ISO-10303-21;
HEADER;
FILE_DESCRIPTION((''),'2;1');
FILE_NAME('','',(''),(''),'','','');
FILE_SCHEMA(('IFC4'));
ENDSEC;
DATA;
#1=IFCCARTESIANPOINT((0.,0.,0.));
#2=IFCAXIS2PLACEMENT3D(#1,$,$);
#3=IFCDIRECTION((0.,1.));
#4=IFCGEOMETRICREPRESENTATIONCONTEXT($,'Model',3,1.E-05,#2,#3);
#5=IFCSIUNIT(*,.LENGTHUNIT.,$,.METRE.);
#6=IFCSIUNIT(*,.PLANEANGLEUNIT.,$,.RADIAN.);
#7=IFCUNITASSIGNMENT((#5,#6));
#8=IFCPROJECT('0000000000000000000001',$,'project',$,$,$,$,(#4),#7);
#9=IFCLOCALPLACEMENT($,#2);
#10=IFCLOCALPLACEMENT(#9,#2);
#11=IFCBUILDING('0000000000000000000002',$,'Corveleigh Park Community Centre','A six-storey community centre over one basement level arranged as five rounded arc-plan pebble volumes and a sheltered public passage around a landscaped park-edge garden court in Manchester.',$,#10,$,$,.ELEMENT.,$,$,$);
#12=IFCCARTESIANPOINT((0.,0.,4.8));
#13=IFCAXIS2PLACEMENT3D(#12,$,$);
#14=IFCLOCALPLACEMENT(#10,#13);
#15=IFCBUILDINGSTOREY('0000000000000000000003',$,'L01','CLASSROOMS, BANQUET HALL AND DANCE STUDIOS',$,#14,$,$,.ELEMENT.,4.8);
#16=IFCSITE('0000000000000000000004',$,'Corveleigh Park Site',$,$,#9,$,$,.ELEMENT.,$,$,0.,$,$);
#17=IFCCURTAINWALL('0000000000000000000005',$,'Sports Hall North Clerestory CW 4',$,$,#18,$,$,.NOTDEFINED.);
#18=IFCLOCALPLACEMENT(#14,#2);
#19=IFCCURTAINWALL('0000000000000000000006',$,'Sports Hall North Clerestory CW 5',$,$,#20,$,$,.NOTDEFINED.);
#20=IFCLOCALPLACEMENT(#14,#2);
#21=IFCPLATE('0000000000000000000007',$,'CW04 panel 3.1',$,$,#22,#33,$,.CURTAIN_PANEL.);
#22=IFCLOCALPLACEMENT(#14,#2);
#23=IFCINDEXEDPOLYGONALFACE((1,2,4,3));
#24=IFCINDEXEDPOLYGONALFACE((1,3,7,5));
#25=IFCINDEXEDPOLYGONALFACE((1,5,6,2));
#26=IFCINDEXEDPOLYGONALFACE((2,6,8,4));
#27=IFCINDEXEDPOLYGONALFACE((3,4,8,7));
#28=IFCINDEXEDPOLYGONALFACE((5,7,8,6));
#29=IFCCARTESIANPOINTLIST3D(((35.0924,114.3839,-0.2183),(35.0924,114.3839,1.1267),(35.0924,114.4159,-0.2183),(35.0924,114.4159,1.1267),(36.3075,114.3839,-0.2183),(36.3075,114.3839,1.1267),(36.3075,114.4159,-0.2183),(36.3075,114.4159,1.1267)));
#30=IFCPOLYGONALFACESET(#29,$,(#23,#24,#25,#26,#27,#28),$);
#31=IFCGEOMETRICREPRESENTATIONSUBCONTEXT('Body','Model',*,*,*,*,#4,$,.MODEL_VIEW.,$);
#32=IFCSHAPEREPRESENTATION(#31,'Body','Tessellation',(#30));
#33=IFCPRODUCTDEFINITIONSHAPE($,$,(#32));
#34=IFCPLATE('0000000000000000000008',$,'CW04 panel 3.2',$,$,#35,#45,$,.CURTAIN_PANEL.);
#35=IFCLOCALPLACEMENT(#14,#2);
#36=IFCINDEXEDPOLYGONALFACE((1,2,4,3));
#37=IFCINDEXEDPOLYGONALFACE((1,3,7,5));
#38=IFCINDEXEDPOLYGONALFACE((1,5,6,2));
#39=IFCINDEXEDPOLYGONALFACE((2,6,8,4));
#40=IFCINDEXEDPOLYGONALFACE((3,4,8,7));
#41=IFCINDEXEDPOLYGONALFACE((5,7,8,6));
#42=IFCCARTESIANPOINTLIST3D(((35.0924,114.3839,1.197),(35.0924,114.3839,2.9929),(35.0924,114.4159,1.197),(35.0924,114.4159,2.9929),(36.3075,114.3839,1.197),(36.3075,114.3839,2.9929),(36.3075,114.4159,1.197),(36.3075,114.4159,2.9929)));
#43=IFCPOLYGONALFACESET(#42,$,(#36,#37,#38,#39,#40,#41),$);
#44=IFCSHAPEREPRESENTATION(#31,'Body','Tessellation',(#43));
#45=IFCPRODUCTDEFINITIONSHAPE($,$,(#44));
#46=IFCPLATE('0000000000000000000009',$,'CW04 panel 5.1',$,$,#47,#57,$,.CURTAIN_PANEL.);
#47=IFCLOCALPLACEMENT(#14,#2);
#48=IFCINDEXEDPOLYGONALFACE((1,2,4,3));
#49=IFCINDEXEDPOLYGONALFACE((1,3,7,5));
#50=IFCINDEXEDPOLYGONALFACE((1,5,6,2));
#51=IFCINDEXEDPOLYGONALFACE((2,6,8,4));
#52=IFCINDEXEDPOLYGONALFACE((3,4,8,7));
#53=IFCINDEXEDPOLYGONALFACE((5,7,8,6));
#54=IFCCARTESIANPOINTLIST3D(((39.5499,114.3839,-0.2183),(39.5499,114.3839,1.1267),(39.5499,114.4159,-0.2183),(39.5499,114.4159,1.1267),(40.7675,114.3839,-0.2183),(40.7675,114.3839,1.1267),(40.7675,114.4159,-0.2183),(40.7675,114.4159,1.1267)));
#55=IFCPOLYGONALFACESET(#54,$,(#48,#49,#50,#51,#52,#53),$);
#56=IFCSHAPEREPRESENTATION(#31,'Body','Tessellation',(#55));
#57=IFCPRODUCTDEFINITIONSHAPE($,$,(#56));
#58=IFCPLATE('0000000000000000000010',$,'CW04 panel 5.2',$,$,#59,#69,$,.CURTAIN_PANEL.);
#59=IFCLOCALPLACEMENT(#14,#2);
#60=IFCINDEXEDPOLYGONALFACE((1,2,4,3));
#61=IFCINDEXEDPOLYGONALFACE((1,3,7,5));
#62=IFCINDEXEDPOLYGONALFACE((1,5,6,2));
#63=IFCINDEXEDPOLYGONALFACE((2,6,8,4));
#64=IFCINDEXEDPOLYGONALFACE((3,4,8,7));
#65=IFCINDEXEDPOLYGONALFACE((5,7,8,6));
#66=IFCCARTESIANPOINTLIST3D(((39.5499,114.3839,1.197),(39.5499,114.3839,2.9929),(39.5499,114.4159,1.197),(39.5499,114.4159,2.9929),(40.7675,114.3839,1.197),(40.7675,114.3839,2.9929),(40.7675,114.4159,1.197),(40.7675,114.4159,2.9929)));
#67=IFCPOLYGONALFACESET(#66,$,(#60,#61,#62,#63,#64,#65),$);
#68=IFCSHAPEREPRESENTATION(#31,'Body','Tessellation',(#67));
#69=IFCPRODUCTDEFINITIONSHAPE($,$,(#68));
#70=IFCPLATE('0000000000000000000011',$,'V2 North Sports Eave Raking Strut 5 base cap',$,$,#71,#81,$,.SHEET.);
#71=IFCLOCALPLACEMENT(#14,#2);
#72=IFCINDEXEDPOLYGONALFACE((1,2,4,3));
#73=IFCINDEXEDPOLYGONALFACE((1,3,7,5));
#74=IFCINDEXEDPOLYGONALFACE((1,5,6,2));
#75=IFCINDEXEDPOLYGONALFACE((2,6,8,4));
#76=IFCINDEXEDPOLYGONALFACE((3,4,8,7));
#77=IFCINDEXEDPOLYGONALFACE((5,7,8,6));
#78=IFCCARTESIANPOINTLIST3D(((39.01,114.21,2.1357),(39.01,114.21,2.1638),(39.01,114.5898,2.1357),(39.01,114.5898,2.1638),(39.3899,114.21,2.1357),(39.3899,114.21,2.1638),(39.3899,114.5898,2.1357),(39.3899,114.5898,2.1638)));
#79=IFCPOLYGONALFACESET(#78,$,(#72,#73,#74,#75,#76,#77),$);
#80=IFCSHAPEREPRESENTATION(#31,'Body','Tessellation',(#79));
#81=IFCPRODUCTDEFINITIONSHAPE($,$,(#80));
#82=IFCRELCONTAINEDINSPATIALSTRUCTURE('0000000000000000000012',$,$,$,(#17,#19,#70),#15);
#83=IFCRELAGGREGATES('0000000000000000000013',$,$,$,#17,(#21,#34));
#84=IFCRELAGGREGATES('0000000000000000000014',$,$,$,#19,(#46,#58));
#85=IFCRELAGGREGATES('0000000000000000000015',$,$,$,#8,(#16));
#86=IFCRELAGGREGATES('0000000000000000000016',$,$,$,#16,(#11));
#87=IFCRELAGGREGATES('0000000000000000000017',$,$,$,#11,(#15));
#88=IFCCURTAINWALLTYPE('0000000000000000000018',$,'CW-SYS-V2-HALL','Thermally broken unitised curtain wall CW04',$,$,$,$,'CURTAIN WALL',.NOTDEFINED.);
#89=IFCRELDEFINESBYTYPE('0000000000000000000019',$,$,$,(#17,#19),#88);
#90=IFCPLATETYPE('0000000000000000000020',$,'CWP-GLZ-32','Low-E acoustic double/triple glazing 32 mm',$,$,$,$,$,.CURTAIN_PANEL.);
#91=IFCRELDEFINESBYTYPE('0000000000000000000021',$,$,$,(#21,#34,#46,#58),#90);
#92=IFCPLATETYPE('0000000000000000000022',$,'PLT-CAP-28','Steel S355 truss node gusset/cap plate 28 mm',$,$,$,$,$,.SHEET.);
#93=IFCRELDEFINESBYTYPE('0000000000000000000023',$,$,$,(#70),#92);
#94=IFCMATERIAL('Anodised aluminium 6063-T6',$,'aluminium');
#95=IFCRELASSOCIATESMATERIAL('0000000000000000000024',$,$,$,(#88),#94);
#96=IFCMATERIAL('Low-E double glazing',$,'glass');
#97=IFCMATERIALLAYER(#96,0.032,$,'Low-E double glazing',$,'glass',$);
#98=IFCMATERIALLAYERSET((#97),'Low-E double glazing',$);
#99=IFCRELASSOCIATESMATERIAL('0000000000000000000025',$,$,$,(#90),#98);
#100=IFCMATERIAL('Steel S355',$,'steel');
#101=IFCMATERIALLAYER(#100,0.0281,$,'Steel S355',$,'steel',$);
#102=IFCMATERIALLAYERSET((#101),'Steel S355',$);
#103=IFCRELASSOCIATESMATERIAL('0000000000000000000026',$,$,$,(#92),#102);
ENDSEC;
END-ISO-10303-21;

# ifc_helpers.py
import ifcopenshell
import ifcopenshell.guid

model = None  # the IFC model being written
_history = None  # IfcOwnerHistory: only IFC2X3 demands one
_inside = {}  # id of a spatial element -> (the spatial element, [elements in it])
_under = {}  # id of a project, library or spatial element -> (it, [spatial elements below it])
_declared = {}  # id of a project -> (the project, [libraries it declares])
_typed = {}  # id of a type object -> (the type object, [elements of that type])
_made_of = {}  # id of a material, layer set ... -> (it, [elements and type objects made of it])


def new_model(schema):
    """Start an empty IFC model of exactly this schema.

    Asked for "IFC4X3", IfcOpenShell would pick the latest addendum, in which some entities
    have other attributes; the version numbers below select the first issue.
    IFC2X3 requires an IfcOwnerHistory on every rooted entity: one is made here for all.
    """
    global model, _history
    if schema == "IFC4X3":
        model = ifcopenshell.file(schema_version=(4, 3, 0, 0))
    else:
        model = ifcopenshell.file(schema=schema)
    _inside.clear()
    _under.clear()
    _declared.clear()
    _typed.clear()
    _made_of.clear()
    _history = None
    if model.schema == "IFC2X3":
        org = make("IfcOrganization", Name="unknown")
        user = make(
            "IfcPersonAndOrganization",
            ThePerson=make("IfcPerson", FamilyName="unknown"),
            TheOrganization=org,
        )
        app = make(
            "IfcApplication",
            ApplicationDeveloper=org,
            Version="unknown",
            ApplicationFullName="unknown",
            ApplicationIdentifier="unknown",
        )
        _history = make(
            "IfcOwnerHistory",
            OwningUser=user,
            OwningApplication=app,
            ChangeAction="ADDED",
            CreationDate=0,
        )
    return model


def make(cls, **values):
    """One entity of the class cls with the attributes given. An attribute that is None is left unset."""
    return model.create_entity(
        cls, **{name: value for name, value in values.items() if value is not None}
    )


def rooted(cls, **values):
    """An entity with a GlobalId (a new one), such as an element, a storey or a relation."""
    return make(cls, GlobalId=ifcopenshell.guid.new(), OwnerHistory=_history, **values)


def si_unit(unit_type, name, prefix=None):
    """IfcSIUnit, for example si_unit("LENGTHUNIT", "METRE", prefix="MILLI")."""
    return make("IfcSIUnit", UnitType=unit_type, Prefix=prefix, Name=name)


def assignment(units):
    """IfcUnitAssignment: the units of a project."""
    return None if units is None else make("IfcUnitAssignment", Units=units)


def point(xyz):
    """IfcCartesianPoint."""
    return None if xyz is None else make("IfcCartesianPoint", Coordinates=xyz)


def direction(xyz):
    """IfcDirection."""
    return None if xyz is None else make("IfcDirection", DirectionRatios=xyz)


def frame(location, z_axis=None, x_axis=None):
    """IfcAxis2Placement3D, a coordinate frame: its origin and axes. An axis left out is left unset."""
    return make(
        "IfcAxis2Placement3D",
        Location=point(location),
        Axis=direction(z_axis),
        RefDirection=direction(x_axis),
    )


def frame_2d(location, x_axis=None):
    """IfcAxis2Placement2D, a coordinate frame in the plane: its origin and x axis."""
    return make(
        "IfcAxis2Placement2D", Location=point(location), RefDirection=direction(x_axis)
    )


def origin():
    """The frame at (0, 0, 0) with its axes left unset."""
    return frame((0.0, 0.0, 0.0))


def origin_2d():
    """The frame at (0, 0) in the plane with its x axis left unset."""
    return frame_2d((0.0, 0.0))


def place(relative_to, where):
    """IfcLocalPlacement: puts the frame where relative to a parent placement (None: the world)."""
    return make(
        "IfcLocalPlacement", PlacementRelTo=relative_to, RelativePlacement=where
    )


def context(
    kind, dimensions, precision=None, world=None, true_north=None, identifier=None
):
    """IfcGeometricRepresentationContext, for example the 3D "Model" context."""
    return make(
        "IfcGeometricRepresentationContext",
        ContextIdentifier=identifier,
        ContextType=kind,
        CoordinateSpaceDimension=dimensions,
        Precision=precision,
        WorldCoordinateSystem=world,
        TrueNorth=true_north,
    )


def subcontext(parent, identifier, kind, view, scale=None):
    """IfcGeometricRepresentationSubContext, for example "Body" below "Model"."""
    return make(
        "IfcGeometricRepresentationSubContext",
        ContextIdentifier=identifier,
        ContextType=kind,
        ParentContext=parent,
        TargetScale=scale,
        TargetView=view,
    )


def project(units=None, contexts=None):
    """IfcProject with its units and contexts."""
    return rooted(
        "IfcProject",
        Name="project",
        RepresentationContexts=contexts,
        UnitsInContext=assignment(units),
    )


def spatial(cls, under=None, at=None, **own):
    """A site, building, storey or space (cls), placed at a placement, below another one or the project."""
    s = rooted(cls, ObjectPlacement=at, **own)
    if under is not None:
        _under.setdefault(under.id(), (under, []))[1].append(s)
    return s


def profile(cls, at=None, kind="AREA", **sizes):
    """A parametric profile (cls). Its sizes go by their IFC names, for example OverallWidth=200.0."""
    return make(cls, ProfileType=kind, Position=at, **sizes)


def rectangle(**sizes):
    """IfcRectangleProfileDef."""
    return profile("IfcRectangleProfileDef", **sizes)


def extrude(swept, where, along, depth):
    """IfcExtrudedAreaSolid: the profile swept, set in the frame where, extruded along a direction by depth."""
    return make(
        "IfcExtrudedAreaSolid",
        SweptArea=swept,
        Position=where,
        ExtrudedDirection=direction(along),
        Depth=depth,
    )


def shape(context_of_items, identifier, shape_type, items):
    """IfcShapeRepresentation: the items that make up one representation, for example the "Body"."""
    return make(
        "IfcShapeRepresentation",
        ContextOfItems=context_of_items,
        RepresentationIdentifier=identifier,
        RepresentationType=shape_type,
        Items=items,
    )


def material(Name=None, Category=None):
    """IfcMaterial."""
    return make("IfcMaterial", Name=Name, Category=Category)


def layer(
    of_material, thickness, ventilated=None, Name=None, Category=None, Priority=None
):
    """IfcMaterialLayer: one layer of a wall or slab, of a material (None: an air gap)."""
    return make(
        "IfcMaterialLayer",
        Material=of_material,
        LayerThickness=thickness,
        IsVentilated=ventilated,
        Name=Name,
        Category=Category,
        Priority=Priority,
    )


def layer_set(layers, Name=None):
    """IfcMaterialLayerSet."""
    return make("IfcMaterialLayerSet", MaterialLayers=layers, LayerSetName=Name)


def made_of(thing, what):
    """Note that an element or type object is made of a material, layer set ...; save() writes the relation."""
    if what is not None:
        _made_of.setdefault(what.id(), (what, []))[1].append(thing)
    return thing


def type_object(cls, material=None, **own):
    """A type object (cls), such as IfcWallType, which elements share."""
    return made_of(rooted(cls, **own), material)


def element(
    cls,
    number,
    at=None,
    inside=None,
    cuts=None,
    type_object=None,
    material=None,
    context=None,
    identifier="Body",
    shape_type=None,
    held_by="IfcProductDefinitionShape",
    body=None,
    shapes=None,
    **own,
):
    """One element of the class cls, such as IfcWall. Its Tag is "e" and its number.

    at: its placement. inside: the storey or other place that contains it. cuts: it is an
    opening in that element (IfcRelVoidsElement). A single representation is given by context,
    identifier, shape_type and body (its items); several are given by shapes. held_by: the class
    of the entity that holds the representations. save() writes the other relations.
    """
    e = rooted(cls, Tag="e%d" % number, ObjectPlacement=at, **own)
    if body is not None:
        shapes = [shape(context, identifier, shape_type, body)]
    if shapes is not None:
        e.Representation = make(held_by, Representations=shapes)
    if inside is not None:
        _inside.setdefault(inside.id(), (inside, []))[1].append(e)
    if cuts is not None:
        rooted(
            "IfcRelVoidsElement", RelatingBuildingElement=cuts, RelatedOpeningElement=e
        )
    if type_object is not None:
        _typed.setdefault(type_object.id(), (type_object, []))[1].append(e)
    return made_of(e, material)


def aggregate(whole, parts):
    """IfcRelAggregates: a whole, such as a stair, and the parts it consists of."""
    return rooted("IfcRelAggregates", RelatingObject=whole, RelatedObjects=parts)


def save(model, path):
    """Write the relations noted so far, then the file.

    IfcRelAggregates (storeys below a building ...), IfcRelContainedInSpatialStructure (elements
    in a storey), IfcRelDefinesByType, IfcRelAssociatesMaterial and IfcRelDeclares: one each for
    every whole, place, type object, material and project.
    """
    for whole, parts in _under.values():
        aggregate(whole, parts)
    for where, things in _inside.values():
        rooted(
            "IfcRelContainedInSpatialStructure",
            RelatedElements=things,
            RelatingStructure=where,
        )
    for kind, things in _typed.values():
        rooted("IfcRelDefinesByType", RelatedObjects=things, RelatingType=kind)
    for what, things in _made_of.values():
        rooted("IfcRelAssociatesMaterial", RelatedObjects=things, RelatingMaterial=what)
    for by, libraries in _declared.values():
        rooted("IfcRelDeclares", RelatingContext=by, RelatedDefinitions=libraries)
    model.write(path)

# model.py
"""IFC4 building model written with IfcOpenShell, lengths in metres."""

from ifc_helpers import new_model, si_unit, direction, frame, origin, origin_2d, place, context, subcontext, project, spatial, rectangle, extrude, material, layer, layer_set, type_object, element, aggregate, save


model = new_model("IFC4")

# Units and contexts
model_context = context("Model", 3, precision=1e-05, world=origin(), true_north=direction((0.0, 1.0)))
body_context = subcontext(model_context, "Body", "Model", "MODEL_VIEW")
ifc_project = project(units=[si_unit("LENGTHUNIT", "METRE"), si_unit("PLANEANGLEUNIT", "RADIAN")], contexts=[model_context])

# Site, building, storey
site_placement = place(None, origin())
site = spatial("IfcSite", under=ifc_project, at=site_placement, Name="Corveleigh Park Site", CompositionType="ELEMENT", RefElevation=0.0)
building_placement = place(site_placement, origin())
building = spatial("IfcBuilding", under=site, at=building_placement, Name="Corveleigh Park Community Centre", Description="A six-storey community centre over one basement level arranged as five rounded arc-plan pebble volumes and a sheltered public passage around a landscaped park-edge garden court in Manchester.", CompositionType="ELEMENT")
storey_placement = place(building_placement, frame((0.0, 0.0, 4.8)))
storey = spatial("IfcBuildingStorey", under=building, at=storey_placement, Name="L01", Description="CLASSROOMS, BANQUET HALL AND DANCE STUDIOS", CompositionType="ELEMENT", Elevation=4.8)

# Shared definitions
ifc_material_1 = material(Name="Steel S355", Category="steel")

# Curtain wall
ifc_material_2 = material(Name="Anodised aluminium 6063-T6", Category="aluminium")
curtain_wall_type = type_object("IfcCurtainWallType", Name="CW-SYS-V2-HALL", Description="Thermally broken unitised curtain wall CW04", ElementType="CURTAIN WALL", PredefinedType="NOTDEFINED", material=ifc_material_2)
curtain_wall_1_placement = place(storey_placement, origin())
curtain_wall_1 = element("IfcCurtainWall", 1, at=curtain_wall_1_placement, inside=storey, type_object=curtain_wall_type, Name="Sports Hall North Clerestory CW 4", PredefinedType="NOTDEFINED")

# Curtain wall
curtain_wall_2_placement = place(storey_placement, origin())
curtain_wall_2 = element("IfcCurtainWall", 2, at=curtain_wall_2_placement, inside=storey, type_object=curtain_wall_type, Name="Sports Hall North Clerestory CW 5", PredefinedType="NOTDEFINED")

# Plates
ifc_material_3 = material(Name="Low-E double glazing", Category="glass")
ifc_layer_1 = layer(ifc_material_3, 0.032, Name="Low-E double glazing", Category="glass")
ifc_layer_set_1 = layer_set([ifc_layer_1], Name="Low-E double glazing")
plate_type_1 = type_object("IfcPlateType", Name="CWP-GLZ-32", Description="Low-E acoustic double/triple glazing 32 mm", PredefinedType="CURTAIN_PANEL", material=ifc_layer_set_1)
plate_1_placement = place(storey_placement, frame((35.7, 114.3999, -0.2183), z_axis=(0.0, 0.0, 1.0), x_axis=(-1.0, 0.0, 0.0)))
plate_1 = element("IfcPlate", 3, at=plate_1_placement, type_object=plate_type_1, Name="CW04 panel 3.1", PredefinedType="CURTAIN_PANEL", context=body_context, shape_type="SweptSolid", body=[
    extrude(rectangle(XDim=1.2151, YDim=0.032, at=origin_2d()), origin(), (0.0, 0.0, 1.0), 1.345),
])
plate_2_placement = place(storey_placement, frame((35.7, 114.3999, 1.197), z_axis=(0.0, 0.0, 1.0), x_axis=(-1.0, 0.0, 0.0)))
plate_2 = element("IfcPlate", 4, at=plate_2_placement, type_object=plate_type_1, Name="CW04 panel 3.2", PredefinedType="CURTAIN_PANEL", context=body_context, shape_type="SweptSolid", body=[
    extrude(rectangle(XDim=1.2151, YDim=0.032, at=origin_2d()), origin(), (0.0, 0.0, 1.0), 1.7959),
])
aggregate(curtain_wall_1, [plate_1, plate_2])
plate_3_placement = place(storey_placement, frame((40.1587, 114.3999, -0.2183), z_axis=(0.0, 0.0, 1.0), x_axis=(-1.0, 0.0, 0.0)))
plate_3 = element("IfcPlate", 5, at=plate_3_placement, type_object=plate_type_1, Name="CW04 panel 5.1", PredefinedType="CURTAIN_PANEL", context=body_context, shape_type="SweptSolid", body=[
    extrude(rectangle(XDim=1.2175, YDim=0.032, at=origin_2d()), origin(), (0.0, 0.0, 1.0), 1.345),
])
plate_4_placement = place(storey_placement, frame((40.1587, 114.3999, 1.197), z_axis=(0.0, 0.0, 1.0), x_axis=(-1.0, 0.0, 0.0)))
plate_4 = element("IfcPlate", 6, at=plate_4_placement, type_object=plate_type_1, Name="CW04 panel 5.2", PredefinedType="CURTAIN_PANEL", context=body_context, shape_type="SweptSolid", body=[
    extrude(rectangle(XDim=1.2175, YDim=0.032, at=origin_2d()), origin(), (0.0, 0.0, 1.0), 1.7959),
])
aggregate(curtain_wall_2, [plate_3, plate_4])
ifc_layer_2 = layer(ifc_material_1, 0.0281, Name="Steel S355", Category="steel")
ifc_layer_set_2 = layer_set([ifc_layer_2], Name="Steel S355")
plate_type_2 = type_object("IfcPlateType", Name="PLT-CAP-28", Description="Steel S355 truss node gusset/cap plate 28 mm", PredefinedType="SHEET", material=ifc_layer_set_2)
plate_5_placement = place(storey_placement, frame((39.2, 114.3999, 2.1357), z_axis=(0.0, 0.0, 1.0), x_axis=(1.0, 0.0, 0.0)))
element("IfcPlate", 7, at=plate_5_placement, inside=storey, type_object=plate_type_2, Name="V2 North Sports Eave Raking Strut 5 base cap", PredefinedType="SHEET", context=body_context, shape_type="SweptSolid", body=[
    extrude(rectangle(XDim=0.3799, YDim=0.3799, at=origin_2d()), origin(), (0.0, 0.0, 1.0), 0.0281),
])

save(model, "model.ifc")
